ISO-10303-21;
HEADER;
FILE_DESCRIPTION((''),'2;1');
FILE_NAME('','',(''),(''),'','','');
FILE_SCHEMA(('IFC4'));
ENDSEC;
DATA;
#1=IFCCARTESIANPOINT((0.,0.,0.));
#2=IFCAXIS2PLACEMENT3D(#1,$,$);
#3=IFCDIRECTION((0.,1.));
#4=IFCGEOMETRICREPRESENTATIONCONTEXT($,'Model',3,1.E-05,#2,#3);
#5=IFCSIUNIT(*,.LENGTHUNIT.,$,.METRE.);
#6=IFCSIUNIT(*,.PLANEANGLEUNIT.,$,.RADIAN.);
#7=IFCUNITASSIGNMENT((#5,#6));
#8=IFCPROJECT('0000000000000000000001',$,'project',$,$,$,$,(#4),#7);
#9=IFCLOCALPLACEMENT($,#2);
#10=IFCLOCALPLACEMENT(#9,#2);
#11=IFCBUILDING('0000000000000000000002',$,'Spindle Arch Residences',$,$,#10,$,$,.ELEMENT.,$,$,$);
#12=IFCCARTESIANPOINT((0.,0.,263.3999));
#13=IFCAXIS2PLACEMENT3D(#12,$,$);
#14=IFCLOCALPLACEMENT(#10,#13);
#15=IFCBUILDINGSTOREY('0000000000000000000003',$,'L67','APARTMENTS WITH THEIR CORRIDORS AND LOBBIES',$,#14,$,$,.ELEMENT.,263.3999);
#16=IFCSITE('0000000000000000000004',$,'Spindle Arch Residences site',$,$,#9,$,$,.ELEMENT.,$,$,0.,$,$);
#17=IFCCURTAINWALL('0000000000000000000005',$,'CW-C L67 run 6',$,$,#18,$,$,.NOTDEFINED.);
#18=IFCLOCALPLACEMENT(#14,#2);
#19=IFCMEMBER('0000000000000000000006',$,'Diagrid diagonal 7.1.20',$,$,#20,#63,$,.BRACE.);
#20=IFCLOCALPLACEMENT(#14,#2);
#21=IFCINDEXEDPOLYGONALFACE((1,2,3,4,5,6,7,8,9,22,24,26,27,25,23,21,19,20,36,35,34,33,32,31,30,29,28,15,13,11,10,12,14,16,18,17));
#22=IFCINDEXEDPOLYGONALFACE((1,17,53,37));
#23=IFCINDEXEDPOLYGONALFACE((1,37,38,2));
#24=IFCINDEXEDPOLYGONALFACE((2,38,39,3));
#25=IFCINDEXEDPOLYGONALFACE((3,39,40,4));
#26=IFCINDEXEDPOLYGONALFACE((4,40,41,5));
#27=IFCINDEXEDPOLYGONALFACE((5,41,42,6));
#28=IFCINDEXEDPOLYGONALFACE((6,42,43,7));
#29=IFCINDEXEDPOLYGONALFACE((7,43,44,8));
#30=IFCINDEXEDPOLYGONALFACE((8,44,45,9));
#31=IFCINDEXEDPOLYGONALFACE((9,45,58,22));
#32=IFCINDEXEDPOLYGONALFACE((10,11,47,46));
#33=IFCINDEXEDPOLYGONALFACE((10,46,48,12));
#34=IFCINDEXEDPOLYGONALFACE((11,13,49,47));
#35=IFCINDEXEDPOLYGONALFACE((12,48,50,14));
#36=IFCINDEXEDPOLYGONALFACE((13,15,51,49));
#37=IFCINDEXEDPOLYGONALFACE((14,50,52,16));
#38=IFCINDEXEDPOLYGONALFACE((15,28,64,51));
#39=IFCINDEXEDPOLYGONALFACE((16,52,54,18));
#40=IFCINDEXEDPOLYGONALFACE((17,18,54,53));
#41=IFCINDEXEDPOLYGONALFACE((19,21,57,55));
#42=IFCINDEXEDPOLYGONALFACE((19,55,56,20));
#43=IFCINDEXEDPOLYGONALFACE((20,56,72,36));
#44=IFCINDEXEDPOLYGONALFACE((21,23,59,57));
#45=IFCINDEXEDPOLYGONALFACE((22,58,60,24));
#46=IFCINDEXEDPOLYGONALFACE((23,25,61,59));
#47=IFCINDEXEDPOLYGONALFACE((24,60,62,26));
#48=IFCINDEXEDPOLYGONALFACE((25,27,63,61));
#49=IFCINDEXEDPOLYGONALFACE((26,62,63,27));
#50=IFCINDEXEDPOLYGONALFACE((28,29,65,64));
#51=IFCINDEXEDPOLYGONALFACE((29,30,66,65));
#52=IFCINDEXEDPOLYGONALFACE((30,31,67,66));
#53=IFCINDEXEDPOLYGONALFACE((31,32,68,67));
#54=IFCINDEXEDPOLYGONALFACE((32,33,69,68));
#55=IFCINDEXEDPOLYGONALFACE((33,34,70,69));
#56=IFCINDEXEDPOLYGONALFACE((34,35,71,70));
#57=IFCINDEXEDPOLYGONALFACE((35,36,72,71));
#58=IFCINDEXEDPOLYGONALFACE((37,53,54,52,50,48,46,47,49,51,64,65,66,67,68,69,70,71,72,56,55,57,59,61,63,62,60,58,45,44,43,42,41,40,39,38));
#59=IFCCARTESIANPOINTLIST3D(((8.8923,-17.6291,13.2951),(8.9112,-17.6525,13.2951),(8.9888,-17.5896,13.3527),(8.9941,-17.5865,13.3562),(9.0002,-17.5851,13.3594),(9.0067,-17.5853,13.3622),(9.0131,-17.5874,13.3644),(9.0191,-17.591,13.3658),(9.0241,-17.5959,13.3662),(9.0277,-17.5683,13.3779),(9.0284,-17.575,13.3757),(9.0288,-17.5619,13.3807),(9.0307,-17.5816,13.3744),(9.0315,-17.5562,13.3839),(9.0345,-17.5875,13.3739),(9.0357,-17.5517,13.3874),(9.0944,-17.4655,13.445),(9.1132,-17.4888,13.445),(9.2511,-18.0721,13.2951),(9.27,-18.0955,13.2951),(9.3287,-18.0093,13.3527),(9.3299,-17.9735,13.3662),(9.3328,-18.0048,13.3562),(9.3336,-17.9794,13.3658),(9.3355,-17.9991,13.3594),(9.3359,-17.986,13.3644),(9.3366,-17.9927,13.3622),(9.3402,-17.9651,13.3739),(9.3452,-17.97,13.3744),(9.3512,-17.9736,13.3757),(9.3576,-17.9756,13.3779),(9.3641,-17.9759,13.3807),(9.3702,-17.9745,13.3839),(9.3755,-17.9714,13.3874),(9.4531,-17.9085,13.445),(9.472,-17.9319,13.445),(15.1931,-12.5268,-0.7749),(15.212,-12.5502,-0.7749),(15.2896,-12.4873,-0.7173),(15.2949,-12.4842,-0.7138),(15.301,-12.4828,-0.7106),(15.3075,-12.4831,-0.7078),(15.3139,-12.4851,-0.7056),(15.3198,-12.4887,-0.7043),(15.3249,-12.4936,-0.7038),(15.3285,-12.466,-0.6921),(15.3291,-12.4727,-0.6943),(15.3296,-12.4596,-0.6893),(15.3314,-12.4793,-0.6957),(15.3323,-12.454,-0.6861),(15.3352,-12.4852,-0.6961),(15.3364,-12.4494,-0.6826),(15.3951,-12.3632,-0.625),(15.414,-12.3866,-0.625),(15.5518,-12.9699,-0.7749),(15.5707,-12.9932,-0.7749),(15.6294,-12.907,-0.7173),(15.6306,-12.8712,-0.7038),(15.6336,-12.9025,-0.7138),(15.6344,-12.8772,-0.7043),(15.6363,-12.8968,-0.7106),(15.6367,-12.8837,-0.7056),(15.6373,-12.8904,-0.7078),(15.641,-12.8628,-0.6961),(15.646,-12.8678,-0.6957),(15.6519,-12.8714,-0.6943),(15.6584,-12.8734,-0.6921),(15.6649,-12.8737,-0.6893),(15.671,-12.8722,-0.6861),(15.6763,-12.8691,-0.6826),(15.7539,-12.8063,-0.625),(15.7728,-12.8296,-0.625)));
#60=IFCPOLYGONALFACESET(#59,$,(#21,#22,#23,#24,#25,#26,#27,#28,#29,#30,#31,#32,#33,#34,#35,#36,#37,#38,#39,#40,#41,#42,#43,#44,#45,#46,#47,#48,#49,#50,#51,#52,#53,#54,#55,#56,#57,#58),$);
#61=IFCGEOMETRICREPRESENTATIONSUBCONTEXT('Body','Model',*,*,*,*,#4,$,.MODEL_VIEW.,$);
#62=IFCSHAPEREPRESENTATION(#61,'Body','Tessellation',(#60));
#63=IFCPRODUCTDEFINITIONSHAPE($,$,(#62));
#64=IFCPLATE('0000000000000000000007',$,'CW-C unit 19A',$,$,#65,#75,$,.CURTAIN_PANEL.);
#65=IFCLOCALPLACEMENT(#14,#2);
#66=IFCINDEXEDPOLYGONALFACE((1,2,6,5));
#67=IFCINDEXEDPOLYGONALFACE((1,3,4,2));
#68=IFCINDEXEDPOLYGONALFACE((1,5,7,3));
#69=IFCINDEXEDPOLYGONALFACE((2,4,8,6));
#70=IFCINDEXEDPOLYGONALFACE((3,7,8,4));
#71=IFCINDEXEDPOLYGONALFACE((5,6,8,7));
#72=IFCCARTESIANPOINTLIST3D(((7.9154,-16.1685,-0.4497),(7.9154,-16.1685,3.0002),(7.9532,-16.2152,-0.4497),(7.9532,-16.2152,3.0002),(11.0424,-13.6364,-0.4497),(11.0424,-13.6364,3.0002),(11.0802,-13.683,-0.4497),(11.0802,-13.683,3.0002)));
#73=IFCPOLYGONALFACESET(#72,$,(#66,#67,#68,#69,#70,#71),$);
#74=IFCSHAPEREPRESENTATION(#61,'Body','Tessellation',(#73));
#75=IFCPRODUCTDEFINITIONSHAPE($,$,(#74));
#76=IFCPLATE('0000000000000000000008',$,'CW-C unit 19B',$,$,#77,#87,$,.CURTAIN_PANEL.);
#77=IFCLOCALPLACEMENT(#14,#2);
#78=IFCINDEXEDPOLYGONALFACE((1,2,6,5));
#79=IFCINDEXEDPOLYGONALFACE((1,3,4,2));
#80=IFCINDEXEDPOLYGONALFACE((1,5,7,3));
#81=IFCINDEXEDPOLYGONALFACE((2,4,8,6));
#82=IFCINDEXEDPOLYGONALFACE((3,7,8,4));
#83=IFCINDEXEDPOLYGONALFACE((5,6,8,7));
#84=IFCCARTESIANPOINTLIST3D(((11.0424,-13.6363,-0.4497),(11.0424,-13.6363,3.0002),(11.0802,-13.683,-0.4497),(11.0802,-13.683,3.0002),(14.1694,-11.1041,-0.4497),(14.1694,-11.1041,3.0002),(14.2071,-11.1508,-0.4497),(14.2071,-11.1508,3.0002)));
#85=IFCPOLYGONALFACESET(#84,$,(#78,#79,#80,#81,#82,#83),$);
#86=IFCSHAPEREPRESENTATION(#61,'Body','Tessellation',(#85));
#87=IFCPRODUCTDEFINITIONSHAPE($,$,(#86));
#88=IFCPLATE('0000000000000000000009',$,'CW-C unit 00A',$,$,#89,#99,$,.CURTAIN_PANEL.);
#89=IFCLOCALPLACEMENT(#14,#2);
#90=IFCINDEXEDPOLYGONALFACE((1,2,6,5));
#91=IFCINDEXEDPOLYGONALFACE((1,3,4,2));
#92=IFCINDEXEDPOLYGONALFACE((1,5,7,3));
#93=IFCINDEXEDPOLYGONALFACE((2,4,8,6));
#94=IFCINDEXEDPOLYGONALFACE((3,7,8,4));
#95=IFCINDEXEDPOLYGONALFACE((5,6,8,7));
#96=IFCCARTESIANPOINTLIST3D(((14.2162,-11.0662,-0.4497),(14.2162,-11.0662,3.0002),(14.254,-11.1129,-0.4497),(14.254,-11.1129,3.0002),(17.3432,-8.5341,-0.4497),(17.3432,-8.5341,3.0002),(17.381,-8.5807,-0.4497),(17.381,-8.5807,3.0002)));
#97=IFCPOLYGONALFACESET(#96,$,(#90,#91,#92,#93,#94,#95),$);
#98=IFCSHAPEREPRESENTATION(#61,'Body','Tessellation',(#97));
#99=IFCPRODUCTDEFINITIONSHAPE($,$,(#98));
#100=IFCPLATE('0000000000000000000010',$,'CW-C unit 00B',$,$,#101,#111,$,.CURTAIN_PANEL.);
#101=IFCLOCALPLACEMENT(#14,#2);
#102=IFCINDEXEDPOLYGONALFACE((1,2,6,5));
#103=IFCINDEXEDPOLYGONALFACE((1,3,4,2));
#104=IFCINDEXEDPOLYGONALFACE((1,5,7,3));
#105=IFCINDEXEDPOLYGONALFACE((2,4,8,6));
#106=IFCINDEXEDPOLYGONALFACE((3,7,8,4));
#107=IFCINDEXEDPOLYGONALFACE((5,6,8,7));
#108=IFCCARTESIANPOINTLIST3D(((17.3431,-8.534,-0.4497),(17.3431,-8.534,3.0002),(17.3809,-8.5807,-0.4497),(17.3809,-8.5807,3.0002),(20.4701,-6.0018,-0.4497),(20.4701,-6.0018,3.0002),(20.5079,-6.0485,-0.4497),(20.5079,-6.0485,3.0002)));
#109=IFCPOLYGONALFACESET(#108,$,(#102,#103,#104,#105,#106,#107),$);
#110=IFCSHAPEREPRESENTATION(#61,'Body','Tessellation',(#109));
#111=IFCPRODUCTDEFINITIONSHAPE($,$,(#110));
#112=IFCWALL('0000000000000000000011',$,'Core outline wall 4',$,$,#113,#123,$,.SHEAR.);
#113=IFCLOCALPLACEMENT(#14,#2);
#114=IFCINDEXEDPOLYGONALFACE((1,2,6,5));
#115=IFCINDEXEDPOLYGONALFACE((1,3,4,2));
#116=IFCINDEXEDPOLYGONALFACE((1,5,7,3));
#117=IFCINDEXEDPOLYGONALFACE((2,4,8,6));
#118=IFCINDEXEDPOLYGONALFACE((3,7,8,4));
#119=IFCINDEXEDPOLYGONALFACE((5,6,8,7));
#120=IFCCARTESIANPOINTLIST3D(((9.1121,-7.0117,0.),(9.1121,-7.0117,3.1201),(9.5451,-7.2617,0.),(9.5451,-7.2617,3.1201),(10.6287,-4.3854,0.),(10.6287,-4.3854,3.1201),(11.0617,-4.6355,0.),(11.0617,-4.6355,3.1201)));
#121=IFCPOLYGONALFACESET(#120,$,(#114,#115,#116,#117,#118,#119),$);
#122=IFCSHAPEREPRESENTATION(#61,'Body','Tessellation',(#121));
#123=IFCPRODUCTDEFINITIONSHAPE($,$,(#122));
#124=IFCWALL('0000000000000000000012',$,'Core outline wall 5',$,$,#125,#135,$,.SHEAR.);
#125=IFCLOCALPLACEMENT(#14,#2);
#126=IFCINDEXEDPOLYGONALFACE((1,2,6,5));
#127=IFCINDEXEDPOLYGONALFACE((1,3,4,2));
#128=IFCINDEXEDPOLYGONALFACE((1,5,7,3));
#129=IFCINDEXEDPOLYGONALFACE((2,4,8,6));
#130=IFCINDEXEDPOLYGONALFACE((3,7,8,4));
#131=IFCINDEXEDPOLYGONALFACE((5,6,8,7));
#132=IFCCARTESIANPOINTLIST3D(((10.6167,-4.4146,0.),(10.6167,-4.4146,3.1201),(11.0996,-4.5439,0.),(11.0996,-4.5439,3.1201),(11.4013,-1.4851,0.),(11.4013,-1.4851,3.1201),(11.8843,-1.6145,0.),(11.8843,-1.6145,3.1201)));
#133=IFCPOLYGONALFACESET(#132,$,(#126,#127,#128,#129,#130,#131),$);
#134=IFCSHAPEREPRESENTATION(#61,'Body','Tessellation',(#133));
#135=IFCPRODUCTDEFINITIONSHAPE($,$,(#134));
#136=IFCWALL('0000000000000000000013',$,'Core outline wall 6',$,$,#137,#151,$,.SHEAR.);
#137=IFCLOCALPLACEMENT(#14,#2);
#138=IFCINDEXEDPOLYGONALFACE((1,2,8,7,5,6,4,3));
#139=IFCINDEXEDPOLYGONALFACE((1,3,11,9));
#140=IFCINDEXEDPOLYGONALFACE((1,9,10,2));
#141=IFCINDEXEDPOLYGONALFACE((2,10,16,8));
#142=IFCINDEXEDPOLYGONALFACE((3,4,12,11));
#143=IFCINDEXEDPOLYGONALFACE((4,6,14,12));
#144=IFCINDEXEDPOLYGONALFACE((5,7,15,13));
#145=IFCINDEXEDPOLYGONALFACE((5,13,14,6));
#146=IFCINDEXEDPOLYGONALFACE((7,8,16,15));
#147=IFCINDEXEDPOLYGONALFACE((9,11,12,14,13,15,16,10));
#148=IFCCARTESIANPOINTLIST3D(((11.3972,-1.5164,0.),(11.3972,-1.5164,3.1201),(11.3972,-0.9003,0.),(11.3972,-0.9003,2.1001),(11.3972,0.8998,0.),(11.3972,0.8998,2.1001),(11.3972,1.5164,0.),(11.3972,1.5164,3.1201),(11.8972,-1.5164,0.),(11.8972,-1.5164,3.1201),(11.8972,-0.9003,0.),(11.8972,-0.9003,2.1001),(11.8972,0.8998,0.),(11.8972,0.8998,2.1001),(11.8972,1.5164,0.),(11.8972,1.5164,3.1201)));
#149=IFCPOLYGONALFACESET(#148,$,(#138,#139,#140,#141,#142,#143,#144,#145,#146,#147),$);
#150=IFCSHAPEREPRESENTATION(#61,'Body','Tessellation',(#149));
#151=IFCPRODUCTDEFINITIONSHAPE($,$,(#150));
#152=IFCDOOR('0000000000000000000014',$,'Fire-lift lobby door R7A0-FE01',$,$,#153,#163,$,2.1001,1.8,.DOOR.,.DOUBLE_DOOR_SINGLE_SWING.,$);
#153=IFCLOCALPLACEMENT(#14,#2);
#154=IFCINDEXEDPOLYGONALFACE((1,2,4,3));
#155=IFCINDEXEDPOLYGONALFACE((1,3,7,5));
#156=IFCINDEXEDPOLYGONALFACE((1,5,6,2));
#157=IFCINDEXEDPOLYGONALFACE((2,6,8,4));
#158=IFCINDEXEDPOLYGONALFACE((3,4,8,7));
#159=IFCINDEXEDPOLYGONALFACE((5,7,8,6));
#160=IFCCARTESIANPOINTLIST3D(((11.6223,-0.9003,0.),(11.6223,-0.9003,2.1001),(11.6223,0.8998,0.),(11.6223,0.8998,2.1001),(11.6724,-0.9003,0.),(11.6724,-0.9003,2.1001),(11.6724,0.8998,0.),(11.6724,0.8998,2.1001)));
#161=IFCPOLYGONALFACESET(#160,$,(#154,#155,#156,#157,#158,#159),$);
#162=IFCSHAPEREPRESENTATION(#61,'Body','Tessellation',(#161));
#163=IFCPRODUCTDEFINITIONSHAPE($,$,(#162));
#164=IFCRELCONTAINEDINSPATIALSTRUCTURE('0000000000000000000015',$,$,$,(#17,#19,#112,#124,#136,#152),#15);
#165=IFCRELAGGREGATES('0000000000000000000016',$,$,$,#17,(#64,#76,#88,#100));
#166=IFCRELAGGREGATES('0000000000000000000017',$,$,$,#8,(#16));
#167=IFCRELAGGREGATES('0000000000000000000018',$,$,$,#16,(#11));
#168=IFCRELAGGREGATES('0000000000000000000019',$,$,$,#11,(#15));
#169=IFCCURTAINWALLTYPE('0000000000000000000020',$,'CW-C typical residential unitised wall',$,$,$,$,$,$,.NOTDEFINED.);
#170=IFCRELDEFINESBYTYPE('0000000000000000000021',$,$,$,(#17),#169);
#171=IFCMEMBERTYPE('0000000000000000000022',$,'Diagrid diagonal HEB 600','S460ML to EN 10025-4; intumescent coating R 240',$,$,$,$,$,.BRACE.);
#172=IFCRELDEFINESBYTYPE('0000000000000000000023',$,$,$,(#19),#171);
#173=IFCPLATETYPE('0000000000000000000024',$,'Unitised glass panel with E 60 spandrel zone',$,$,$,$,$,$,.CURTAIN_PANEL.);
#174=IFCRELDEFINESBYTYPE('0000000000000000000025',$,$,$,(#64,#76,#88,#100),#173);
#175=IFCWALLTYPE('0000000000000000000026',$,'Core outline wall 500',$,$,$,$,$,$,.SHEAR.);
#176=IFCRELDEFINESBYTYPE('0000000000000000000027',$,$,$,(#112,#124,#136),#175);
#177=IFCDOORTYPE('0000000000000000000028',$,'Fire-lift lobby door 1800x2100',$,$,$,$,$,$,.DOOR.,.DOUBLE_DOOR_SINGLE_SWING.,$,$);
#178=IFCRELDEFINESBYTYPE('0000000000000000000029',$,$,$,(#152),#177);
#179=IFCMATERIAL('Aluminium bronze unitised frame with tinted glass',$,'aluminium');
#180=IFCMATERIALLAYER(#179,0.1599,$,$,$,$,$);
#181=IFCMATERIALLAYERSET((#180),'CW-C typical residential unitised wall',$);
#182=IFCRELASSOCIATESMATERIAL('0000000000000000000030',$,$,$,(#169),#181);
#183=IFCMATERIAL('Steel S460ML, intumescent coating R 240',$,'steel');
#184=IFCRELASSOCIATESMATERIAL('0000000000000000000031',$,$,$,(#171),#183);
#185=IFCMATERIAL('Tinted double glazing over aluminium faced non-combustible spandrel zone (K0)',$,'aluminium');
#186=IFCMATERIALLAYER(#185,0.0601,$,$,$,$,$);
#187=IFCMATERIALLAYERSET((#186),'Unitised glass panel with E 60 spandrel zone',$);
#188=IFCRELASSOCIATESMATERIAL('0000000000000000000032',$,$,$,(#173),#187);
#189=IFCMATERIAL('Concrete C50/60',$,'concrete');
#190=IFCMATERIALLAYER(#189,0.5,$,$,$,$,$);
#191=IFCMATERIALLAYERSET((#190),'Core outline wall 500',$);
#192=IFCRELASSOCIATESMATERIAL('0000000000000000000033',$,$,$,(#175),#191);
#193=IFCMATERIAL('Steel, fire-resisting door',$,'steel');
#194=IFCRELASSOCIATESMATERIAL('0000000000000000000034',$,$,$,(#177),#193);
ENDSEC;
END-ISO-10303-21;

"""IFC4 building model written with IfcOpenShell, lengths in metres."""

from ifc_helpers import new_model, si_unit, direction, frame, frame_2d, origin, origin_2d, place, context, subcontext, project, spatial, rectangle, i_section, extrude, material, layer, layer_set, material_profile, profile_set, type_object, element, fill, aggregate, save


model = new_model("IFC4")

# Units and contexts
model_context = context("Model", 3, precision=1e-05, world=origin(), true_north=direction((0.0, 1.0)))
body_context = subcontext(model_context, "Body", "Model", "MODEL_VIEW")
ifc_project = project(units=[si_unit("LENGTHUNIT", "METRE"), si_unit("PLANEANGLEUNIT", "RADIAN")], contexts=[model_context])

# Site, building, storey
site_placement = place(None, origin())
site = spatial("IfcSite", under=ifc_project, at=site_placement, Name="Spindle Arch Residences site", CompositionType="ELEMENT", RefElevation=0.0)
building_placement = place(site_placement, origin())
building = spatial("IfcBuilding", under=site, at=building_placement, Name="Spindle Arch Residences", CompositionType="ELEMENT")
storey_placement = place(building_placement, frame((0.0, 0.0, 263.3999)))
storey = spatial("IfcBuildingStorey", under=building, at=storey_placement, Name="L67", Description="APARTMENTS WITH THEIR CORRIDORS AND LOBBIES", CompositionType="ELEMENT", Elevation=263.3999)

# Curtain wall
ifc_material_1 = material(Name="Aluminium bronze unitised frame with tinted glass", Category="aluminium")
ifc_layer_1 = layer(ifc_material_1, 0.1599)
ifc_layer_set_1 = layer_set([ifc_layer_1], Name="CW-C typical residential unitised wall")
curtain_wall_type = type_object("IfcCurtainWallType", Name="CW-C typical residential unitised wall", PredefinedType="NOTDEFINED", material=ifc_layer_set_1)
curtain_wall_placement = place(storey_placement, origin())
curtain_wall = element("IfcCurtainWall", 1, at=curtain_wall_placement, inside=storey, type_object=curtain_wall_type, Name="CW-C L67 run 6", PredefinedType="NOTDEFINED")

# Member
ifc_material_2 = material(Name="Steel S460ML, intumescent coating R 240", Category="steel")
ifc_material_profile_1 = material_profile(ifc_material_2, i_section(OverallWidth=0.3, OverallDepth=0.6001, WebThickness=0.0154, FlangeThickness=0.03, FilletRadius=0.0271, at=origin_2d()), Name="HEB 600")
ifc_profile_set_1 = profile_set([ifc_material_profile_1], Name="Steel S460ML, intumescent coating R 240")
member_type_1 = type_object("IfcMemberType", Name="Diagrid diagonal HEB 600", Description="S460ML to EN 10025-4; intumescent coating R 240", PredefinedType="BRACE", material=ifc_profile_set_1)
for number, where, z_axis, x_axis, name in (
    (2, (15.4829, -12.6782, -0.7), (-0.388007, -0.314203, 0.866445), (0.673353, 0.545273, 0.499272), "Diagrid diagonal 7.1.20"),
):
    element("IfcMember", number, at=place(storey_placement, frame(where, z_axis=z_axis, x_axis=x_axis)), inside=storey, type_object=member_type_1, Name=name, PredefinedType="BRACE", context=body_context, shape_type="SweptSolid", body=[
        extrude(i_section(OverallWidth=0.3, OverallDepth=0.6001, WebThickness=0.0154, FlangeThickness=0.03, FilletRadius=0.0271, at=origin_2d()), origin(), (0.0, 0.0, 1.0), 16.2388),
    ])

# Plates
ifc_material_3 = material(Name="Tinted double glazing over aluminium faced non-combustible spandrel zone (K0)", Category="aluminium")
ifc_layer_2 = layer(ifc_material_3, 0.0601)
ifc_layer_set_2 = layer_set([ifc_layer_2], Name="Unitised glass panel with E 60 spandrel zone")
plate_type = type_object("IfcPlateType", Name="Unitised glass panel with E 60 spandrel zone", PredefinedType="CURTAIN_PANEL", material=ifc_layer_set_2)
plate_1_placement = place(storey_placement, frame((9.4978, -14.9258, -0.4497), z_axis=(0.0, 0.0, 1.0), x_axis=(0.777146, 0.62932, 0.0)))
plate_1 = element("IfcPlate", 3, at=plate_1_placement, type_object=plate_type, Name="CW-C unit 19A", PredefinedType="CURTAIN_PANEL", context=body_context, shape_type="SweptSolid", body=[
    extrude(rectangle(XDim=4.0237, YDim=0.0601, at=origin_2d()), origin(), (0.0, 0.0, 1.0), 3.45),
])
plate_2_placement = place(storey_placement, frame((12.6248, -12.3936, -0.4497), z_axis=(0.0, 0.0, 1.0), x_axis=(0.777146, 0.62932, 0.0)))
plate_2 = element("IfcPlate", 4, at=plate_2_placement, type_object=plate_type, Name="CW-C unit 19B", PredefinedType="CURTAIN_PANEL", context=body_context, shape_type="SweptSolid", body=[
    extrude(rectangle(XDim=4.0237, YDim=0.0601, at=origin_2d()), origin(), (0.0, 0.0, 1.0), 3.45),
])
plate_3_placement = place(storey_placement, frame((15.7986, -9.8235, -0.4497), z_axis=(0.0, 0.0, 1.0), x_axis=(0.777146, 0.62932, 0.0)))
plate_3 = element("IfcPlate", 5, at=plate_3_placement, type_object=plate_type, Name="CW-C unit 00A", PredefinedType="CURTAIN_PANEL", context=body_context, shape_type="SweptSolid", body=[
    extrude(rectangle(XDim=4.0237, YDim=0.0601, at=origin_2d()), origin(), (0.0, 0.0, 1.0), 3.45),
])
plate_4_placement = place(storey_placement, frame((18.9255, -7.2913, -0.4497), z_axis=(0.0, 0.0, 1.0), x_axis=(0.777146, 0.62932, 0.0)))
plate_4 = element("IfcPlate", 6, at=plate_4_placement, type_object=plate_type, Name="CW-C unit 00B", PredefinedType="CURTAIN_PANEL", context=body_context, shape_type="SweptSolid", body=[
    extrude(rectangle(XDim=4.0237, YDim=0.0601, at=origin_2d()), origin(), (0.0, 0.0, 1.0), 3.45),
])
aggregate(curtain_wall, [plate_1, plate_2, plate_3, plate_4])

# Walls
ifc_material_4 = material(Name="Concrete C50/60", Category="concrete")
ifc_layer_3 = layer(ifc_material_4, 0.5)
ifc_layer_set_3 = layer_set([ifc_layer_3], Name="Core outline wall 500")
wall_type_1 = type_object("IfcWallType", Name="Core outline wall 500", PredefinedType="SHEAR", material=ifc_layer_set_3)
for number, where, z_axis, x_axis, name in (
    (7, (9.3286, -7.1367, 0.0), (0.0, 0.0, 1.0), (0.500087, 0.865975, 0.0), "Core outline wall 4"),
    (8, (10.8582, -4.4792, 0.0), (0.0, 0.0, 1.0), (0.258735, 0.965948, 0.0), "Core outline wall 5"),
):
    element("IfcWall", number, at=place(storey_placement, frame(where, z_axis=z_axis, x_axis=x_axis)), inside=storey, type_object=wall_type_1, Name=name, PredefinedType="SHEAR", context=body_context, shape_type="SweptSolid", body=[
        extrude(rectangle(XDim=3.0327, YDim=0.5, at=frame_2d((1.5164, 0.0))), origin(), (0.0, 0.0, 1.0), 3.1201),
    ])

# Wall, opening, door
wall_1_placement = place(storey_placement, frame((11.6472, -1.5164, 0.0), z_axis=(0.0, 0.0, 1.0), x_axis=(0.0, 1.0, 0.0)))
wall_1 = element("IfcWall", 9, at=wall_1_placement, inside=storey, type_object=wall_type_1, Name="Core outline wall 6", PredefinedType="SHEAR", context=body_context, shape_type="SweptSolid", body=[
    extrude(rectangle(XDim=3.0327, YDim=0.5, at=frame_2d((1.5164, 0.0))), origin(), (0.0, 0.0, 1.0), 3.1201),
])
opening_1_placement = place(wall_1_placement, frame((0.6162, 0.0, 0.0)))
opening_1 = element("IfcOpeningElement", 10, at=opening_1_placement, cuts=wall_1, PredefinedType="OPENING", context=body_context, shape_type="SweptSolid", body=[
    extrude(rectangle(XDim=1.8, YDim=2.1001, at=frame_2d((0.8999, 1.05))), frame((0.0, 0.26, 0.0), z_axis=(0.0, -1.0, 0.0), x_axis=(1.0, 0.0, 0.0)), (0.0, 0.0, 1.0), 0.52),
])
ifc_material_5 = material(Name="Steel, fire-resisting door", Category="steel")
door_type_1 = type_object("IfcDoorType", Name="Fire-lift lobby door 1800x2100", OperationType="DOUBLE_DOOR_SINGLE_SWING", PredefinedType="DOOR", material=ifc_material_5)
door_1_placement = place(opening_1_placement, origin())
door_1 = element("IfcDoor", 11, at=door_1_placement, inside=storey, type_object=door_type_1, Name="Fire-lift lobby door R7A0-FE01", OperationType="DOUBLE_DOOR_SINGLE_SWING", OverallHeight=2.1001, OverallWidth=1.8, PredefinedType="DOOR", context=body_context, shape_type="SweptSolid", body=[
    extrude(rectangle(XDim=1.8, YDim=2.1001, at=frame_2d((0.8999, 1.05))), frame((0.0, 0.0249, 0.0), z_axis=(0.0, -1.0, 0.0), x_axis=(1.0, 0.0, 0.0)), (0.0, 0.0, 1.0), 0.05),
])
fill(opening_1, door_1)

save(model, "model.ifc")
